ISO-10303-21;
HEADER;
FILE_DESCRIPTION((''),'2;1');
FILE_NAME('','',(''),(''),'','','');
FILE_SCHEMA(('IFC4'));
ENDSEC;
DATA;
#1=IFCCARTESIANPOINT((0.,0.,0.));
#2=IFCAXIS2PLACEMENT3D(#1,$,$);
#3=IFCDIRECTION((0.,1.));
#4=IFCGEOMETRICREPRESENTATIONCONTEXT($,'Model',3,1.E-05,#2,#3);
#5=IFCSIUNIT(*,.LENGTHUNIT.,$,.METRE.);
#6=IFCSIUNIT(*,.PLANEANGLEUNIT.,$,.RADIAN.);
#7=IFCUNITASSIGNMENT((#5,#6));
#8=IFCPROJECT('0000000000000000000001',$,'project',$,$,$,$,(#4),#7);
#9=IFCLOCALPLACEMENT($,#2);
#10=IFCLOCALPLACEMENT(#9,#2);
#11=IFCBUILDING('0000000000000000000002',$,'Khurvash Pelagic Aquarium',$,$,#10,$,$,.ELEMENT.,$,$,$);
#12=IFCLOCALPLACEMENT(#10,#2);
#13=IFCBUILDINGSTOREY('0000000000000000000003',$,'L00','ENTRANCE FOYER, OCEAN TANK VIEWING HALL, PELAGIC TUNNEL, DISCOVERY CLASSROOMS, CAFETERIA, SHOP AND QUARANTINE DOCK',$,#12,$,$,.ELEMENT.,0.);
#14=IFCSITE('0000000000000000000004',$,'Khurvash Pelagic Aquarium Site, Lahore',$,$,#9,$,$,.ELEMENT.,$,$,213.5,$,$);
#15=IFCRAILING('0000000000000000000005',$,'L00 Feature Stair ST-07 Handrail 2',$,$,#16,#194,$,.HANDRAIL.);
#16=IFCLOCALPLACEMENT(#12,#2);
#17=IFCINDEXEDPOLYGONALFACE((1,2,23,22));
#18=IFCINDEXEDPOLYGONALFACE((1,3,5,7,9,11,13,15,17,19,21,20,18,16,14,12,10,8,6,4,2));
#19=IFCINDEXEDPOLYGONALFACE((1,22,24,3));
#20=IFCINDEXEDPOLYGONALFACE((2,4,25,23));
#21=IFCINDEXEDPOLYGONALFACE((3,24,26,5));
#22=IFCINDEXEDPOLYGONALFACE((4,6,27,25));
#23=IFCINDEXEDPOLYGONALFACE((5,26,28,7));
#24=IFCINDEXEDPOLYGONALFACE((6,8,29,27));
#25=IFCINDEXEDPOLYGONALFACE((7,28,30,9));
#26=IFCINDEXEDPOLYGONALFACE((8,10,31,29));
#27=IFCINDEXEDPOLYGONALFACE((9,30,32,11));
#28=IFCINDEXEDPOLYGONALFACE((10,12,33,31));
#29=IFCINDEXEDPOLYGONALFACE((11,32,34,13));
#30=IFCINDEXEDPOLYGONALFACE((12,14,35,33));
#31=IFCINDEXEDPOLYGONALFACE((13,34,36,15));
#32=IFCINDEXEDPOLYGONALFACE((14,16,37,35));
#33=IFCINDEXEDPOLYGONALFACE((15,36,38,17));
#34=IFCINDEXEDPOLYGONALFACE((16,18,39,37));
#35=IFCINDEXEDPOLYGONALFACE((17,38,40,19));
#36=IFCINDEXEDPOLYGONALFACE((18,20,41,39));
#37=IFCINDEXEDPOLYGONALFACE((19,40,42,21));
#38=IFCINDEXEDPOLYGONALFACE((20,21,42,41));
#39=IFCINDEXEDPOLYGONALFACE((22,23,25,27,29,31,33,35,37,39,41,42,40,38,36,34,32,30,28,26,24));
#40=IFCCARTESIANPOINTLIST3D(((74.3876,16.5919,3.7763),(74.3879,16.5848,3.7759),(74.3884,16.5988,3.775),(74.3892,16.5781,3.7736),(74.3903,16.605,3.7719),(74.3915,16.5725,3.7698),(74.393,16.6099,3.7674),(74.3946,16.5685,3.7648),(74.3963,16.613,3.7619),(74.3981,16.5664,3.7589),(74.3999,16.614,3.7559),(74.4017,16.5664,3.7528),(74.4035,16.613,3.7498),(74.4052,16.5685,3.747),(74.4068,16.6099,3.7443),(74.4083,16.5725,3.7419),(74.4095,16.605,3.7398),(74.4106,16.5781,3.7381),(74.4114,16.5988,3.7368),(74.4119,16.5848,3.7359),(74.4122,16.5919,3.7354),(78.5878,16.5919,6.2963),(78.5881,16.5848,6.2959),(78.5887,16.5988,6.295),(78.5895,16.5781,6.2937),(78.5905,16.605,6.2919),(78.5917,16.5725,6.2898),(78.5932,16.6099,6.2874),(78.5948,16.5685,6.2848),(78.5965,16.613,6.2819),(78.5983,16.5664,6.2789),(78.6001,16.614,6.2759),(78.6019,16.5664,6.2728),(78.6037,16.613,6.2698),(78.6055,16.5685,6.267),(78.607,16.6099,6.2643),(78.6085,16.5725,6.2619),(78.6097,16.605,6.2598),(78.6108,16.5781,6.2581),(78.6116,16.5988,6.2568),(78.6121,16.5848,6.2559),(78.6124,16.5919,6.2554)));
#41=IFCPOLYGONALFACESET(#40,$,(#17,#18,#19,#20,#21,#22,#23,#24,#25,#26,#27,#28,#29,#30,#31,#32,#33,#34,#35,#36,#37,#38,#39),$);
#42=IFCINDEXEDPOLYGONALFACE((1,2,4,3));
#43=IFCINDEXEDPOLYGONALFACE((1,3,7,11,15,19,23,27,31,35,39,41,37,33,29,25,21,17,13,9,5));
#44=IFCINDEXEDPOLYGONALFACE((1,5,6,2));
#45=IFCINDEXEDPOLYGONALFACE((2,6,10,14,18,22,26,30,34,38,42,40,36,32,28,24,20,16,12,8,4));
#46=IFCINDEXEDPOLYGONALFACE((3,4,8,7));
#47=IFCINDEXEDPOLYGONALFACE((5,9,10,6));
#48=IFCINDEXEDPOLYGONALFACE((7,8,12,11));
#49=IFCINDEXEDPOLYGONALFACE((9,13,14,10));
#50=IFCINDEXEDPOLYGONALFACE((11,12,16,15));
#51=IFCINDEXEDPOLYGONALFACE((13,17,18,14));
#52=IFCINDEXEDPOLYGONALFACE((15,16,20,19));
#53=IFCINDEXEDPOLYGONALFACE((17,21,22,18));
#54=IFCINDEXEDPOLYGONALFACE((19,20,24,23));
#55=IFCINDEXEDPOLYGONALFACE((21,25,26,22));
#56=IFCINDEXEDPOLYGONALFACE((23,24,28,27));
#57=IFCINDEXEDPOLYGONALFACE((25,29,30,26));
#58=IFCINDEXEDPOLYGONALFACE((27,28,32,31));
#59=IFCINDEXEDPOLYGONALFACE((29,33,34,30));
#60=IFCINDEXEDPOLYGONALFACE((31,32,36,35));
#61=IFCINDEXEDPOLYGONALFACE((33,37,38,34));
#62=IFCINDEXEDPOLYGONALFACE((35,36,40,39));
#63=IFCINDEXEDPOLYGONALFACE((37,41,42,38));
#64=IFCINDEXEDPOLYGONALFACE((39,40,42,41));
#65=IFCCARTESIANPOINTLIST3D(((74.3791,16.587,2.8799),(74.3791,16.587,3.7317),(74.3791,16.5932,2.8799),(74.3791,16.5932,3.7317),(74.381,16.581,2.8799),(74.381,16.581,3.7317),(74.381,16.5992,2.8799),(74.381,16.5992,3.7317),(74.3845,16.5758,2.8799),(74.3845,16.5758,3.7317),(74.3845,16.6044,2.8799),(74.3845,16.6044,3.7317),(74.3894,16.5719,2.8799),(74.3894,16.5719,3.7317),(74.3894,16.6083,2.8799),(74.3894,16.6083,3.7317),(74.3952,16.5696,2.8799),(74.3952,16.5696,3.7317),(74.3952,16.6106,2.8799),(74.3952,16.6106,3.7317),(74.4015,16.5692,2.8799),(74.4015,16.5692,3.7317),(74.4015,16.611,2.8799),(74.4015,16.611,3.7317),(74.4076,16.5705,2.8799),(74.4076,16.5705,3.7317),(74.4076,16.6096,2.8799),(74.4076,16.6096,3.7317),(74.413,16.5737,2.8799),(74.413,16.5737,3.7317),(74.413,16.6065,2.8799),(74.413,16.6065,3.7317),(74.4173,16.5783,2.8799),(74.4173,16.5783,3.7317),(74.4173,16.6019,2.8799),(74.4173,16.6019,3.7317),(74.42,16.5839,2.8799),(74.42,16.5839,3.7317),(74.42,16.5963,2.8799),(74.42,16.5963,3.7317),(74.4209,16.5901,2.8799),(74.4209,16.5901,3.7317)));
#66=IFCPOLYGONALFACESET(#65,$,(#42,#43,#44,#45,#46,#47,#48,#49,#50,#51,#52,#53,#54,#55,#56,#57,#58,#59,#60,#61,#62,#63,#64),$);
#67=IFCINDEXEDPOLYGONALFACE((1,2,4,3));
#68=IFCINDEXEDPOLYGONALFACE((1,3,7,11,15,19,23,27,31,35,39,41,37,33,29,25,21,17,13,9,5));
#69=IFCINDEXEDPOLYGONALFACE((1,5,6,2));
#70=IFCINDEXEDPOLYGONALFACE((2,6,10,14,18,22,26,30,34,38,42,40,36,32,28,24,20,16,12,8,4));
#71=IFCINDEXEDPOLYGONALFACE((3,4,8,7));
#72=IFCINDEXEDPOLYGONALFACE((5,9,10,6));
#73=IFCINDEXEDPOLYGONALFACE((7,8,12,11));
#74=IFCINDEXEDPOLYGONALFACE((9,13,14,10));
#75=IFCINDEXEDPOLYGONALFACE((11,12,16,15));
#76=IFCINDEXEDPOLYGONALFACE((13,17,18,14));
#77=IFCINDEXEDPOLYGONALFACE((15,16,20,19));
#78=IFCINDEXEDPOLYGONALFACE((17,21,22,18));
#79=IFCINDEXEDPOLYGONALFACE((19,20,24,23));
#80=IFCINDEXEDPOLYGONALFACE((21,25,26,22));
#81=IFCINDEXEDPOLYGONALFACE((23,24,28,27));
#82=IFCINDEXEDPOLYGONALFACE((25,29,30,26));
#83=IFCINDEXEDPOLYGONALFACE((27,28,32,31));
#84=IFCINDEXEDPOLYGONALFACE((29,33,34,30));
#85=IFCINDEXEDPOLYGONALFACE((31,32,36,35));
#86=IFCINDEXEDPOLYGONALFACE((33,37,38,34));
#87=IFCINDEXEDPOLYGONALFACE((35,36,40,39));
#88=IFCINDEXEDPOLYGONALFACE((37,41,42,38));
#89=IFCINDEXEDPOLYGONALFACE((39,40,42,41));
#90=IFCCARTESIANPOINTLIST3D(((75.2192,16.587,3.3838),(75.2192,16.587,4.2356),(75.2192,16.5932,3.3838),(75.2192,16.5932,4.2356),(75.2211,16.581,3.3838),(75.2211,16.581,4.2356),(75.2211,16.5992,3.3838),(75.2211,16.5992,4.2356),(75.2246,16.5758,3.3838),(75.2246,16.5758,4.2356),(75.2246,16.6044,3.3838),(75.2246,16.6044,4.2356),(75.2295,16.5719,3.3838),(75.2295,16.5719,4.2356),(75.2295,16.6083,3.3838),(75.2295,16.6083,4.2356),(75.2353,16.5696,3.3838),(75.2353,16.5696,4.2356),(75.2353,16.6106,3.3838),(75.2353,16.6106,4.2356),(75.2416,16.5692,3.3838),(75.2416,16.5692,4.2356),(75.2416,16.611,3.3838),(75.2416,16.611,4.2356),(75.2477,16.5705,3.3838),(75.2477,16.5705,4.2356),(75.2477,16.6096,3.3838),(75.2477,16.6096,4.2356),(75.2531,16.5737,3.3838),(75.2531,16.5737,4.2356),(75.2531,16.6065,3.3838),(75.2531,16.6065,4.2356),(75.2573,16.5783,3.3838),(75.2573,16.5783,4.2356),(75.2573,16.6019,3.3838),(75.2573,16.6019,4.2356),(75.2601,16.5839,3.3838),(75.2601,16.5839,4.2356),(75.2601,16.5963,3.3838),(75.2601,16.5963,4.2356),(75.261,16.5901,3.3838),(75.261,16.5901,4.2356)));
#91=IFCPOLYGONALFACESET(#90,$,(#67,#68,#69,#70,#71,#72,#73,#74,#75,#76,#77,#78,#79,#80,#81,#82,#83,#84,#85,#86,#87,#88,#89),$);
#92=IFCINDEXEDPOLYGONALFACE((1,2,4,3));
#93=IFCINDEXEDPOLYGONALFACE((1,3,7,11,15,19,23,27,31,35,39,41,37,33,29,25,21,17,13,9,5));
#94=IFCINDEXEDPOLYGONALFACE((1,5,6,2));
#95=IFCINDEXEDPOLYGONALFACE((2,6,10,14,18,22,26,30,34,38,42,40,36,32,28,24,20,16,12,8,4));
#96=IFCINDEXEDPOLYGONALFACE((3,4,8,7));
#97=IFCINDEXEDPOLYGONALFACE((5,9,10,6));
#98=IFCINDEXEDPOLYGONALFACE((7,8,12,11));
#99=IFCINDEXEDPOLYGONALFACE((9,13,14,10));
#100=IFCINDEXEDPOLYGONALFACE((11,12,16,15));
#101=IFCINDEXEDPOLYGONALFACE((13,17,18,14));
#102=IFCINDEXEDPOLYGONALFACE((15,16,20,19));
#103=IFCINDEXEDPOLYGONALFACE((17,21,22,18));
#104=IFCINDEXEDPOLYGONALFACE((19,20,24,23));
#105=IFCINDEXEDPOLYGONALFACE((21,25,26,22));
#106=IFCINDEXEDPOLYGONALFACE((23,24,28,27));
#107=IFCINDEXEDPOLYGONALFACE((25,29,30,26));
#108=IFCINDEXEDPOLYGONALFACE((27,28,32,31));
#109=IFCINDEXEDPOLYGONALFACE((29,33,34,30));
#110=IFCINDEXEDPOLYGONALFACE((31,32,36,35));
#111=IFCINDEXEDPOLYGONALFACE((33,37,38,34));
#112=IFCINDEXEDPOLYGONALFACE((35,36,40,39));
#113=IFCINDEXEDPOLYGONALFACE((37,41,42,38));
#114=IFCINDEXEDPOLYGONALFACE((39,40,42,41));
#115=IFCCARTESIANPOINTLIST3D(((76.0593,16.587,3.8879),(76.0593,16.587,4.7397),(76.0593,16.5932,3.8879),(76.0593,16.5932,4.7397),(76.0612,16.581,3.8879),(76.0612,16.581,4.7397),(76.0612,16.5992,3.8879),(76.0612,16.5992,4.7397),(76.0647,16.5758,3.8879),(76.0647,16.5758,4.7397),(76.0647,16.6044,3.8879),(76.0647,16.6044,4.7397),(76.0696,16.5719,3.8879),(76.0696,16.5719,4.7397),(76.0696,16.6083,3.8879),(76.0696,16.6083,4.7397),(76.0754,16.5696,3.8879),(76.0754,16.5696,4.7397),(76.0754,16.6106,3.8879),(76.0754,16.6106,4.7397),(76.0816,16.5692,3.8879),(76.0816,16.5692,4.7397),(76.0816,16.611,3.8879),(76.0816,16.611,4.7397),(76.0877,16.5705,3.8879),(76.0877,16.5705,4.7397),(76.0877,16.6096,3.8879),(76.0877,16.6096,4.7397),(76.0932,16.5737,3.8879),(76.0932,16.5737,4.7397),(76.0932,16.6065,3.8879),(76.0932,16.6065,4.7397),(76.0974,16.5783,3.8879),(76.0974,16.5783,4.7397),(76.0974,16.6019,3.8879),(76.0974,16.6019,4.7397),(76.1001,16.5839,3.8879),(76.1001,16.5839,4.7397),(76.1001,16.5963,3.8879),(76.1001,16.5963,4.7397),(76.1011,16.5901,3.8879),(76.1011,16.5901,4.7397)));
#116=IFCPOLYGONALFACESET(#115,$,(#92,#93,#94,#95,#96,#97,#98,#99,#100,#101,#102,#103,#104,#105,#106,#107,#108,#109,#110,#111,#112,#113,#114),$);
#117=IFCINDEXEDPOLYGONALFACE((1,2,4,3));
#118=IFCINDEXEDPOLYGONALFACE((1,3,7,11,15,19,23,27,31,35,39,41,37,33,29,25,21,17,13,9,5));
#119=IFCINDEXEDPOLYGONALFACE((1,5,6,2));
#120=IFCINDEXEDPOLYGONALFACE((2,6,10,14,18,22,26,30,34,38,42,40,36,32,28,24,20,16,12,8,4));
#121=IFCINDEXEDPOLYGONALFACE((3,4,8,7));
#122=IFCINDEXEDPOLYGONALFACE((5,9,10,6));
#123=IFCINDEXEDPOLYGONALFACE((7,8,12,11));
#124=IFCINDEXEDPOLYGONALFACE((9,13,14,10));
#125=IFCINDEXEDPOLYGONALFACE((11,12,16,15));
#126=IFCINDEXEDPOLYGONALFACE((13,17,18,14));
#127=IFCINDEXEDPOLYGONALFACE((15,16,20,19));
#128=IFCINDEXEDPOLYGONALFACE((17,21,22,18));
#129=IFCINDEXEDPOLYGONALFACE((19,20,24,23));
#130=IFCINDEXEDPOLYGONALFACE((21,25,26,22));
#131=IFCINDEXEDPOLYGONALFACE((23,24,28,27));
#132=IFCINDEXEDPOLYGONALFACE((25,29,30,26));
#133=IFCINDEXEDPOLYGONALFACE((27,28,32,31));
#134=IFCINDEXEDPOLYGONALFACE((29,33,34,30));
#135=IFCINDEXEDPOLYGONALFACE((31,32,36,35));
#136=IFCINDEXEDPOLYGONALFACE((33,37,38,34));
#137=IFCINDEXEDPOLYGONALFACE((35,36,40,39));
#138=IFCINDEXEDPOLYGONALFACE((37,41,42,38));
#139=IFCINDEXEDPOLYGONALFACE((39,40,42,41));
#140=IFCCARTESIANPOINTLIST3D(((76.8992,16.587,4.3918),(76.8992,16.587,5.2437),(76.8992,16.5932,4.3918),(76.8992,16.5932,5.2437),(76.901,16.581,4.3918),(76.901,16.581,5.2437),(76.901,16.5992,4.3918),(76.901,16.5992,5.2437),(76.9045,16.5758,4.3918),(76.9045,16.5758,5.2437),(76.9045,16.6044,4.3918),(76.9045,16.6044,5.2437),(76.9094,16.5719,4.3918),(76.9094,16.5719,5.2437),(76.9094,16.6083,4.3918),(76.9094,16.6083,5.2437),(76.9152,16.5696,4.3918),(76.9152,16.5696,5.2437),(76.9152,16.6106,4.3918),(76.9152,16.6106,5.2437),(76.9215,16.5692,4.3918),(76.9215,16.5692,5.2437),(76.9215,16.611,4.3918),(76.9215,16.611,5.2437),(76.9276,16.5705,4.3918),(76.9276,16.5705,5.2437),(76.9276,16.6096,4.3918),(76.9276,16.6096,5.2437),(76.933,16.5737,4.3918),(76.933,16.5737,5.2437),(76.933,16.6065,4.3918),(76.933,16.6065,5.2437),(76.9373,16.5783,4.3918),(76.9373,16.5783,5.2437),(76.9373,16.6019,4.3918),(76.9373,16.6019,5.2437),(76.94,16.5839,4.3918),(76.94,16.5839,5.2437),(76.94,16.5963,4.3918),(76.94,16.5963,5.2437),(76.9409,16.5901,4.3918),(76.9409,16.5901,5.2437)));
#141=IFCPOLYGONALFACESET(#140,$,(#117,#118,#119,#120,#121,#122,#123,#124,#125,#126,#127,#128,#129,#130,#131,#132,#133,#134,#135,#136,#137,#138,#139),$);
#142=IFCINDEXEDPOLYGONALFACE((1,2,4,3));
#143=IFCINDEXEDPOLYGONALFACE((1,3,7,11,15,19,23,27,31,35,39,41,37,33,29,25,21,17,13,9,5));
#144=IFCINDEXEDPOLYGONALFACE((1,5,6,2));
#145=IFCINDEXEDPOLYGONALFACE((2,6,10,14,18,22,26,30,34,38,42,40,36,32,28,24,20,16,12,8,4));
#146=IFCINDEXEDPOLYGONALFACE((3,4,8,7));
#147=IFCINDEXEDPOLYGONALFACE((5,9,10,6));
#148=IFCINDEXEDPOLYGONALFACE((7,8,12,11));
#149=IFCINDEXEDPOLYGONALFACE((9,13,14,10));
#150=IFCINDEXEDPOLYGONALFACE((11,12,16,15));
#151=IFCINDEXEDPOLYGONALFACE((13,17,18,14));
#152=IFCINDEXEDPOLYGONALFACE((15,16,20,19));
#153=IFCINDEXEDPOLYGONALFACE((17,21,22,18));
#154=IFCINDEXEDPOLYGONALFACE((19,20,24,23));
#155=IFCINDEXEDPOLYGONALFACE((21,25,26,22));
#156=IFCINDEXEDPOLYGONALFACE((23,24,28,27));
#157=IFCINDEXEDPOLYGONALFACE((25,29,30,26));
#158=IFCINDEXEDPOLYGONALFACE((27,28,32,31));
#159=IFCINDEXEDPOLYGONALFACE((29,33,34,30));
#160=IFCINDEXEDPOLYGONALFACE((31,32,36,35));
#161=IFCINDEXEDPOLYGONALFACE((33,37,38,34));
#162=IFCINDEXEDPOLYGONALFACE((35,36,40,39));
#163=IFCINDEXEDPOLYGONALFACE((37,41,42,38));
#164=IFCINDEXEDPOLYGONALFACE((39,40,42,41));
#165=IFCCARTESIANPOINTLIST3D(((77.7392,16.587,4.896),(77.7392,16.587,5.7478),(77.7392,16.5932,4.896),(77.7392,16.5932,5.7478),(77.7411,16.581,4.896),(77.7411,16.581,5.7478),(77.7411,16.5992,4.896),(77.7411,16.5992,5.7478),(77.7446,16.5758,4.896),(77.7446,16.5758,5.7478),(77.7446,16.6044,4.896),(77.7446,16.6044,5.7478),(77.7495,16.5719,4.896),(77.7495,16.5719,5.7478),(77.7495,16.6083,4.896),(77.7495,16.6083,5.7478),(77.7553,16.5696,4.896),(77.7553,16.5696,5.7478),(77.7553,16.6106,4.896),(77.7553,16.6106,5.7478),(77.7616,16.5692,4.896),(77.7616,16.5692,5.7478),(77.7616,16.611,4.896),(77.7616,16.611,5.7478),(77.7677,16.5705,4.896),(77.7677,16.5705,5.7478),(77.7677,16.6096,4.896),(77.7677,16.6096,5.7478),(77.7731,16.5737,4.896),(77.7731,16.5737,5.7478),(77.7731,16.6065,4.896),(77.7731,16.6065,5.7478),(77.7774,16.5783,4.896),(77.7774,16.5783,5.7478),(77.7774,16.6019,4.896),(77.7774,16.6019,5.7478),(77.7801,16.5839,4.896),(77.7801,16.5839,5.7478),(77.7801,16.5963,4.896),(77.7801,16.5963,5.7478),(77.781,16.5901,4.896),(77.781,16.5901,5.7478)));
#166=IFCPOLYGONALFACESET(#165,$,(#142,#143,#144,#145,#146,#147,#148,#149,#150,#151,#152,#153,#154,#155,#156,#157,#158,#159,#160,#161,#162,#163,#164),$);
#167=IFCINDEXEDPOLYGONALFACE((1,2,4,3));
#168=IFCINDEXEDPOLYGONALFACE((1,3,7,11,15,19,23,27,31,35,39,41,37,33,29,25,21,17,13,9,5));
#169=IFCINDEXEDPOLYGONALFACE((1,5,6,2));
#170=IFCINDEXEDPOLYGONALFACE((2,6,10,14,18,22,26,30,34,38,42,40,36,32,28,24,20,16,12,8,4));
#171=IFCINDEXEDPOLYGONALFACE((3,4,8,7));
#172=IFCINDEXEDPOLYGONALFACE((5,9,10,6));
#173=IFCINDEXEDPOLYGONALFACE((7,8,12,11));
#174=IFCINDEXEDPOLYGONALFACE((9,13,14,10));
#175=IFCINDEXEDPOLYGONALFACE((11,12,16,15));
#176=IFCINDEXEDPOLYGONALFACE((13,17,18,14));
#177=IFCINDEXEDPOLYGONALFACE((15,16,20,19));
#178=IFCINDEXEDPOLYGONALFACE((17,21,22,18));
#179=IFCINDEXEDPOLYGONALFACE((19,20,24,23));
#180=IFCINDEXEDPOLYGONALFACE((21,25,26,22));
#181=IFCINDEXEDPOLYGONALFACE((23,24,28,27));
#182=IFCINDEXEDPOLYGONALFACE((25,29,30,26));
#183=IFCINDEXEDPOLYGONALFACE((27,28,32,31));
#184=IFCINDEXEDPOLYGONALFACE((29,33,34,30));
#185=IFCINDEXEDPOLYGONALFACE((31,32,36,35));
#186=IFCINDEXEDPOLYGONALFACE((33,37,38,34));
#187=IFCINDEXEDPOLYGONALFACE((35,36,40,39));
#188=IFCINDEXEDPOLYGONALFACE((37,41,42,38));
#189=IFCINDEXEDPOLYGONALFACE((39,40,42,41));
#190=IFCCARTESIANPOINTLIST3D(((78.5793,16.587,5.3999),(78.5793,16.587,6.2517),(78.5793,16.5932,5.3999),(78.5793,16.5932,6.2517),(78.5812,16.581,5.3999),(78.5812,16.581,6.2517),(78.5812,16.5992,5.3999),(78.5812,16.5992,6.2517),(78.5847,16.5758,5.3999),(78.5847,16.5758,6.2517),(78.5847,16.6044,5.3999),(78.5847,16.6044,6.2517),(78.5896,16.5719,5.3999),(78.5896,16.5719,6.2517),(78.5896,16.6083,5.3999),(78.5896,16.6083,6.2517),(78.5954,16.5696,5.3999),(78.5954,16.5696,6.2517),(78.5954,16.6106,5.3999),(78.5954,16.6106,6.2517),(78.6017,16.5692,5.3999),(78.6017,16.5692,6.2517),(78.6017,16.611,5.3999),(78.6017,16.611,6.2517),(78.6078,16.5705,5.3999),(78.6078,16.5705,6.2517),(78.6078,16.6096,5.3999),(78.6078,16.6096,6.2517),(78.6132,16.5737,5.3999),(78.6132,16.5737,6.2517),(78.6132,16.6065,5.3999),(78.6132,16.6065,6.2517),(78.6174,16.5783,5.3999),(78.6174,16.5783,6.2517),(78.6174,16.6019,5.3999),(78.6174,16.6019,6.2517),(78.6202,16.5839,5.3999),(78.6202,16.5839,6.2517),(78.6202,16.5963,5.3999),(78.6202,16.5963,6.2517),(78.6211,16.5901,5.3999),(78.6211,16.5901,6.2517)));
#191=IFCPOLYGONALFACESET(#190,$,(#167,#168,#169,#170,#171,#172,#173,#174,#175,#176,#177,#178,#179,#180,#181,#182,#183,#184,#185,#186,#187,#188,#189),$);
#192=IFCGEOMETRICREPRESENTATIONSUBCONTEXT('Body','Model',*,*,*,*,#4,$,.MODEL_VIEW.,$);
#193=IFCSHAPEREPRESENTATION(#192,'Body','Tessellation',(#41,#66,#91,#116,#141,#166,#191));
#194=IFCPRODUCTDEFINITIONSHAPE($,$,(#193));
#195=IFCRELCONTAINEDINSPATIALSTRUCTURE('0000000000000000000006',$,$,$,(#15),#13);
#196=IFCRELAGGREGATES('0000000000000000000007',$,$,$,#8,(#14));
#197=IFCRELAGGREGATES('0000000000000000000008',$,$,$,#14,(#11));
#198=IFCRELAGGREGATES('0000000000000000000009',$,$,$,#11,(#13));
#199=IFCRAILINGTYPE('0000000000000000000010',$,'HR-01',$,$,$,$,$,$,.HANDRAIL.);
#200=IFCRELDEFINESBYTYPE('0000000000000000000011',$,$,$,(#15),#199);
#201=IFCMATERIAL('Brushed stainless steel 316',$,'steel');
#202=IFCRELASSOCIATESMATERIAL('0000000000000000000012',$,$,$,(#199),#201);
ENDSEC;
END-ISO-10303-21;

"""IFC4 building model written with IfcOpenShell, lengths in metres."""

from ifc_helpers import new_model, si_unit, direction, frame, origin, origin_2d, place, context, subcontext, project, spatial, circle, extrude, material, type_object, element, save


model = new_model("IFC4")

# Units and contexts
model_context = context("Model", 3, precision=1e-05, world=origin(), true_north=direction((0.0, 1.0)))
body_context = subcontext(model_context, "Body", "Model", "MODEL_VIEW")
ifc_project = project(units=[si_unit("LENGTHUNIT", "METRE"), si_unit("PLANEANGLEUNIT", "RADIAN")], contexts=[model_context])

# Site, building, storey
site_placement = place(None, origin())
site = spatial("IfcSite", under=ifc_project, at=site_placement, Name="Khurvash Pelagic Aquarium Site, Lahore", CompositionType="ELEMENT", RefElevation=213.5)
building_placement = place(site_placement, origin())
building = spatial("IfcBuilding", under=site, at=building_placement, Name="Khurvash Pelagic Aquarium", CompositionType="ELEMENT")
storey_placement = place(building_placement, origin())
storey = spatial("IfcBuildingStorey", under=building, at=storey_placement, Name="L00", Description="ENTRANCE FOYER, OCEAN TANK VIEWING HALL, PELAGIC TUNNEL, DISCOVERY CLASSROOMS, CAFETERIA, SHOP AND QUARANTINE DOCK", CompositionType="ELEMENT", Elevation=0.0)

# Railing
ifc_material_1 = material(Name="Brushed stainless steel 316", Category="steel")
railing_type_1 = type_object("IfcRailingType", Name="HR-01", PredefinedType="HANDRAIL", material=ifc_material_1)
for number, where, name in (
    (1, (74.3999, 16.5901, 2.8799), "L00 Feature Stair ST-07 Handrail 2"),
):
    element("IfcRailing", number, at=place(storey_placement, frame(where)), inside=storey, type_object=railing_type_1, Name=name, PredefinedType="HANDRAIL", context=body_context, shape_type="SweptSolid", body=[
        extrude(circle(Radius=0.0239, at=origin_2d()), frame((0.0, 0.0, 0.876), z_axis=(0.857502, 0.0, 0.514481), x_axis=(0.0, 1.0, 0.0)), (0.0, 0.0, 1.0), 4.8982),
        extrude(circle(Radius=0.021, at=origin_2d()), origin(), (0.0, 0.0, 1.0), 0.8518),
        extrude(circle(Radius=0.021, at=origin_2d()), frame((0.8401, 0.0, 0.5039)), (0.0, 0.0, 1.0), 0.8518),
        extrude(circle(Radius=0.021, at=origin_2d()), frame((1.6802, 0.0, 1.0081)), (0.0, 0.0, 1.0), 0.8518),
        extrude(circle(Radius=0.021, at=origin_2d()), frame((2.52, 0.0, 1.512)), (0.0, 0.0, 1.0), 0.8518),
        extrude(circle(Radius=0.021, at=origin_2d()), frame((3.3601, 0.0, 2.0161)), (0.0, 0.0, 1.0), 0.8518),
        extrude(circle(Radius=0.021, at=origin_2d()), frame((4.2002, 0.0, 2.52)), (0.0, 0.0, 1.0), 0.8518),
    ])

save(model, "model.ifc")
